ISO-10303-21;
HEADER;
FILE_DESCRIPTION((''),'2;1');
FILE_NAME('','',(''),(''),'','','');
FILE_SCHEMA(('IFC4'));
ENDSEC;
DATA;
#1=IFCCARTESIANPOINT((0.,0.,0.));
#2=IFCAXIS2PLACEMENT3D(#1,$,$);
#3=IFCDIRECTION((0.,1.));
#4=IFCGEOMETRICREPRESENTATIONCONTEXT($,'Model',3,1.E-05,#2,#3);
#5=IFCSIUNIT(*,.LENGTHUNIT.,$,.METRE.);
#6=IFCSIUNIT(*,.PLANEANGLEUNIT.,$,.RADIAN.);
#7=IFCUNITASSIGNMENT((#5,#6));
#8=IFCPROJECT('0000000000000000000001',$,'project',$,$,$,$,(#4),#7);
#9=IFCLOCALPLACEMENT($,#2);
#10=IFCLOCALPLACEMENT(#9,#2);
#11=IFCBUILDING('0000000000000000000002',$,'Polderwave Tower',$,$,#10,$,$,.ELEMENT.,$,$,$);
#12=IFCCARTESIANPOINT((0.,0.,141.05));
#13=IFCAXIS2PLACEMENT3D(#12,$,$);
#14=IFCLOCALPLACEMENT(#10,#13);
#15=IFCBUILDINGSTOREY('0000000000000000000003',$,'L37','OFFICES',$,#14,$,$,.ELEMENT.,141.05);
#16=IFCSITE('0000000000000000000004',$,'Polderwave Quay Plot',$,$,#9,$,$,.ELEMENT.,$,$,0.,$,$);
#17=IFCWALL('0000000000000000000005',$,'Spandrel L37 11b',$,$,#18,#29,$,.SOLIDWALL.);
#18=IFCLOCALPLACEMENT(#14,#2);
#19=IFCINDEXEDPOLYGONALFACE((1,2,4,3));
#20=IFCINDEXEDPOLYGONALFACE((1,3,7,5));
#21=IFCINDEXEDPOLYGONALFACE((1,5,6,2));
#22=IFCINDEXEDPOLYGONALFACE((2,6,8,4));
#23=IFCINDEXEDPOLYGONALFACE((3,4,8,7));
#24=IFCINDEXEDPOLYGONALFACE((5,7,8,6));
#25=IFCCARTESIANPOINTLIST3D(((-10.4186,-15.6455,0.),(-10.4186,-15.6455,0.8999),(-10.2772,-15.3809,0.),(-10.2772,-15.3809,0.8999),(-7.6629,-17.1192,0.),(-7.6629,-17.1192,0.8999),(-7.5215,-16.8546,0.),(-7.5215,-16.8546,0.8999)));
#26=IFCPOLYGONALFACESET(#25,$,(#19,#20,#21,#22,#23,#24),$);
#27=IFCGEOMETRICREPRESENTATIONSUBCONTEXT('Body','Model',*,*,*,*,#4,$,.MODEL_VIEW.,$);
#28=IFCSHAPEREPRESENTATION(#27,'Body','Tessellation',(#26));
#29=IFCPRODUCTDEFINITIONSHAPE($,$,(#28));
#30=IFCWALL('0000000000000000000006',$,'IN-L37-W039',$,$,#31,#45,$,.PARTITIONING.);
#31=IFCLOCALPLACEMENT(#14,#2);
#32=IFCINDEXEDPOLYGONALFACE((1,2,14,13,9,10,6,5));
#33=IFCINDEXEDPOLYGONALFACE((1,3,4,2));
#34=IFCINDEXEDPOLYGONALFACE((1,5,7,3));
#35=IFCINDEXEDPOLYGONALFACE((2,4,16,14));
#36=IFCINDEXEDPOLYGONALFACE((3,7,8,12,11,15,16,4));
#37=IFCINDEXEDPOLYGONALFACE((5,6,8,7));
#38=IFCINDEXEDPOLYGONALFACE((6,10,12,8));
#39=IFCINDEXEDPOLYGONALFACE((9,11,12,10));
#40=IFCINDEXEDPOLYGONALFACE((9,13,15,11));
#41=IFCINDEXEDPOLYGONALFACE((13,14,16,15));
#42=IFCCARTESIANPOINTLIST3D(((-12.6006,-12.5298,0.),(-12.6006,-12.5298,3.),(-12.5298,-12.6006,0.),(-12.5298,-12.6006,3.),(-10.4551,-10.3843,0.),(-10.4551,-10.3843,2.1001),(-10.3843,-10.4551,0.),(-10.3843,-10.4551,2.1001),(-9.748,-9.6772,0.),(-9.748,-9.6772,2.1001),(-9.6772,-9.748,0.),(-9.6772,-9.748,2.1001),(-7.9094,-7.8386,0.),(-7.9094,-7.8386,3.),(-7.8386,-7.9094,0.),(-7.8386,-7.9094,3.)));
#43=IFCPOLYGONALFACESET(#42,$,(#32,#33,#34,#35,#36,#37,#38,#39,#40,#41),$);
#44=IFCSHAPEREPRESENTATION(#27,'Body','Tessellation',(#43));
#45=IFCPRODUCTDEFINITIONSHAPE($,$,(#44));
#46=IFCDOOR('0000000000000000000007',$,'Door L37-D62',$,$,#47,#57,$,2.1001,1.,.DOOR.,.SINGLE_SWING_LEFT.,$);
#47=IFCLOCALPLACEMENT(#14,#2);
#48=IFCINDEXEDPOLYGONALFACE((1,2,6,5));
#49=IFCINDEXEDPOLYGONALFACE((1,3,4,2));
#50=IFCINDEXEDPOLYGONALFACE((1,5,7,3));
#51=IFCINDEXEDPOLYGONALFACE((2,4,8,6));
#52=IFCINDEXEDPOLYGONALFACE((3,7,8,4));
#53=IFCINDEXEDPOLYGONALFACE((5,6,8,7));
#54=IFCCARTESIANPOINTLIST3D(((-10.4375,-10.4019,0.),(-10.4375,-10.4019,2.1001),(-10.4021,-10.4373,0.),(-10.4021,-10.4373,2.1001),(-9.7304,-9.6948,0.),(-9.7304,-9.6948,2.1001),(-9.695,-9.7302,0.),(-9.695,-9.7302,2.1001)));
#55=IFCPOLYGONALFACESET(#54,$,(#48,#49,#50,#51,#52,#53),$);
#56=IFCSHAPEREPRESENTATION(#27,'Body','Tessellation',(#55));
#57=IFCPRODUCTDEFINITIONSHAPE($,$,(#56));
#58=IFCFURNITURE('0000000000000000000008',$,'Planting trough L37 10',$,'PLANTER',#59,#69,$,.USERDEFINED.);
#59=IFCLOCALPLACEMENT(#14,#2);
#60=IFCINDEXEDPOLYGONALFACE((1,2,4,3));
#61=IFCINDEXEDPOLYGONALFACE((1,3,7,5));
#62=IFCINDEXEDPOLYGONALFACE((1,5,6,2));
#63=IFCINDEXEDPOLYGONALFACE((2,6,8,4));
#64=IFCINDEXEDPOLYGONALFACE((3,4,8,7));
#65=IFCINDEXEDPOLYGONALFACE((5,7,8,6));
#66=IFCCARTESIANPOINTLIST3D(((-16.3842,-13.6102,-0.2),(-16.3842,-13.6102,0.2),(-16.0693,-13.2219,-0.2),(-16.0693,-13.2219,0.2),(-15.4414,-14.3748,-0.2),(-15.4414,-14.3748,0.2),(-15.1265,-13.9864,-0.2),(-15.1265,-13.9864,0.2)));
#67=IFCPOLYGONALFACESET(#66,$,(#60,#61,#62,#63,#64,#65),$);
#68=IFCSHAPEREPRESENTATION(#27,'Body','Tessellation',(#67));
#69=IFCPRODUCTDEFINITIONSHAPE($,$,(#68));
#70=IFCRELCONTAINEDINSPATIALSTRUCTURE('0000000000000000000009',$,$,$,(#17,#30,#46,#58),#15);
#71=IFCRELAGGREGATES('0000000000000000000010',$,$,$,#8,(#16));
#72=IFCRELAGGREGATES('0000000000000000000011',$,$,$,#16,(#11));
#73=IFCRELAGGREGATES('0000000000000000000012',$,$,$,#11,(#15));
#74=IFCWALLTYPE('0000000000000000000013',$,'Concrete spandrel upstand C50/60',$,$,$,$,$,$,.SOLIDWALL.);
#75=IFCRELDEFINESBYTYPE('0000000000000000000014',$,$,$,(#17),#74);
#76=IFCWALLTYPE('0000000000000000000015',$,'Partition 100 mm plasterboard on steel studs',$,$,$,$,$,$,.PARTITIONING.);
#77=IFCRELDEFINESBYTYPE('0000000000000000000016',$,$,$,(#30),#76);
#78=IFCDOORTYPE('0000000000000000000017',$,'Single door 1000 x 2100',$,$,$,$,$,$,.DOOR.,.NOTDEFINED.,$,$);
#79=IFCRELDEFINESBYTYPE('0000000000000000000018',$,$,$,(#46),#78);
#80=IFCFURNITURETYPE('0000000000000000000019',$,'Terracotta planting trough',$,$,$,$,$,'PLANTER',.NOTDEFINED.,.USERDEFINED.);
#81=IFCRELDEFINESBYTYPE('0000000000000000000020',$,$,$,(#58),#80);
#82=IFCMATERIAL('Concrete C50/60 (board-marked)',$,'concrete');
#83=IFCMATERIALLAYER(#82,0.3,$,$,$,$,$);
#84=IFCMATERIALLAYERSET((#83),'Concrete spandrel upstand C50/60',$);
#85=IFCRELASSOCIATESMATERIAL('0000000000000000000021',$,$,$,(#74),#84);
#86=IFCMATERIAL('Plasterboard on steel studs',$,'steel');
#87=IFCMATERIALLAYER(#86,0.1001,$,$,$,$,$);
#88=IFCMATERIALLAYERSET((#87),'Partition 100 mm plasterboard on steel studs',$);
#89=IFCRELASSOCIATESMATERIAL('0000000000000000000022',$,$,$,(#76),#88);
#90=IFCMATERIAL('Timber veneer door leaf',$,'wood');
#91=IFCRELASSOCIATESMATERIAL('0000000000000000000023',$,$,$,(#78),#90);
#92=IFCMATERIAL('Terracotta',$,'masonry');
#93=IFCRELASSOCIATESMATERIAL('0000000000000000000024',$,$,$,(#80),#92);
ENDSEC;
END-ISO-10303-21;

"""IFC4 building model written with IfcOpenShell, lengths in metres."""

from ifc_helpers import new_model, si_unit, direction, frame, frame_2d, origin, origin_2d, place, context, subcontext, project, spatial, rectangle, extrude, material, layer, layer_set, type_object, element, fill, save


model = new_model("IFC4")

# Units and contexts
model_context = context("Model", 3, precision=1e-05, world=origin(), true_north=direction((0.0, 1.0)))
body_context = subcontext(model_context, "Body", "Model", "MODEL_VIEW")
ifc_project = project(units=[si_unit("LENGTHUNIT", "METRE"), si_unit("PLANEANGLEUNIT", "RADIAN")], contexts=[model_context])

# Site, building, storey
site_placement = place(None, origin())
site = spatial("IfcSite", under=ifc_project, at=site_placement, Name="Polderwave Quay Plot", CompositionType="ELEMENT", RefElevation=0.0)
building_placement = place(site_placement, origin())
building = spatial("IfcBuilding", under=site, at=building_placement, Name="Polderwave Tower", CompositionType="ELEMENT")
storey_placement = place(building_placement, frame((0.0, 0.0, 141.05)))
storey = spatial("IfcBuildingStorey", under=building, at=storey_placement, Name="L37", Description="OFFICES", CompositionType="ELEMENT", Elevation=141.05)

# Wall
ifc_material_1 = material(Name="Concrete C50/60 (board-marked)", Category="concrete")
ifc_layer_1 = layer(ifc_material_1, 0.3)
ifc_layer_set_1 = layer_set([ifc_layer_1], Name="Concrete spandrel upstand C50/60")
wall_type_1 = type_object("IfcWallType", Name="Concrete spandrel upstand C50/60", PredefinedType="SOLIDWALL", material=ifc_layer_set_1)
for number, where, z_axis, x_axis, name in (
    (1, (-10.3479, -15.5132, 0.0), (0.0, 0.0, 1.0), (0.881825, -0.471577, 0.0), "Spandrel L37 11b"),
):
    element("IfcWall", number, at=place(storey_placement, frame(where, z_axis=z_axis, x_axis=x_axis)), inside=storey, type_object=wall_type_1, Name=name, PredefinedType="SOLIDWALL", context=body_context, shape_type="SweptSolid", body=[
        extrude(rectangle(XDim=3.125, YDim=0.3, at=frame_2d((1.5625, 0.0))), origin(), (0.0, 0.0, 1.0), 0.8999),
    ])

# Wall, opening, door
ifc_material_2 = material(Name="Plasterboard on steel studs", Category="steel")
ifc_layer_2 = layer(ifc_material_2, 0.1001)
ifc_layer_set_2 = layer_set([ifc_layer_2], Name="Partition 100 mm plasterboard on steel studs")
wall_type_2 = type_object("IfcWallType", Name="Partition 100 mm plasterboard on steel studs", PredefinedType="PARTITIONING", material=ifc_layer_set_2)
wall_placement = place(storey_placement, frame((-7.874, -7.874, 0.0), z_axis=(0.0, 0.0, 1.0), x_axis=(-0.707107, -0.707107, 0.0)))
wall = element("IfcWall", 2, at=wall_placement, inside=storey, type_object=wall_type_2, Name="IN-L37-W039", PredefinedType="PARTITIONING", context=body_context, shape_type="SweptSolid", body=[
    extrude(rectangle(XDim=6.6343, YDim=0.1001, at=frame_2d((3.3171, 0.0))), origin(), (0.0, 0.0, 1.0), 3.0),
])
opening_placement = place(wall_placement, frame((2.6001, 0.0, 0.0)))
opening = element("IfcOpeningElement", 3, at=opening_placement, cuts=wall, PredefinedType="OPENING", context=body_context, shape_type="SweptSolid", body=[
    extrude(rectangle(XDim=1.0, YDim=2.1001, at=frame_2d((0.5, 1.05))), frame((0.0, 0.0601, 0.0), z_axis=(0.0, -1.0, 0.0), x_axis=(1.0, 0.0, 0.0)), (0.0, 0.0, 1.0), 0.1201),
])
ifc_material_3 = material(Name="Timber veneer door leaf", Category="wood")
door_type = type_object("IfcDoorType", Name="Single door 1000 x 2100", OperationType="NOTDEFINED", PredefinedType="DOOR", material=ifc_material_3)
door_placement = place(opening_placement, origin())
door = element("IfcDoor", 4, at=door_placement, inside=storey, type_object=door_type, Name="Door L37-D62", OperationType="SINGLE_SWING_LEFT", OverallHeight=2.1001, OverallWidth=1.0, PredefinedType="DOOR", context=body_context, shape_type="SweptSolid", body=[
    extrude(rectangle(XDim=1.0, YDim=2.1001, at=frame_2d((0.5, 1.05))), frame((0.0, 0.0249, 0.0), z_axis=(0.0, -1.0, 0.0), x_axis=(1.0, 0.0, 0.0)), (0.0, 0.0, 1.0), 0.05),
])
fill(opening, door)

# Furniture
ifc_material_4 = material(Name="Terracotta", Category="masonry")
furniture_type = type_object("IfcFurnitureType", Name="Terracotta planting trough", ElementType="PLANTER", AssemblyPlace="NOTDEFINED", PredefinedType="USERDEFINED", material=ifc_material_4)
furniture_placement = place(storey_placement, frame((-15.7554, -13.7983, -0.2), z_axis=(0.0, 0.0, 1.0), x_axis=(0.776711, -0.629857, 0.0)))
element("IfcFurniture", 5, at=furniture_placement, inside=storey, type_object=furniture_type, Name="Planting trough L37 10", ObjectType="PLANTER", PredefinedType="USERDEFINED", context=body_context, shape_type="SweptSolid", body=[
    extrude(rectangle(XDim=1.2139, YDim=0.5, at=origin_2d()), origin(), (0.0, 0.0, 1.0), 0.3999),
])

save(model, "model.ifc")
